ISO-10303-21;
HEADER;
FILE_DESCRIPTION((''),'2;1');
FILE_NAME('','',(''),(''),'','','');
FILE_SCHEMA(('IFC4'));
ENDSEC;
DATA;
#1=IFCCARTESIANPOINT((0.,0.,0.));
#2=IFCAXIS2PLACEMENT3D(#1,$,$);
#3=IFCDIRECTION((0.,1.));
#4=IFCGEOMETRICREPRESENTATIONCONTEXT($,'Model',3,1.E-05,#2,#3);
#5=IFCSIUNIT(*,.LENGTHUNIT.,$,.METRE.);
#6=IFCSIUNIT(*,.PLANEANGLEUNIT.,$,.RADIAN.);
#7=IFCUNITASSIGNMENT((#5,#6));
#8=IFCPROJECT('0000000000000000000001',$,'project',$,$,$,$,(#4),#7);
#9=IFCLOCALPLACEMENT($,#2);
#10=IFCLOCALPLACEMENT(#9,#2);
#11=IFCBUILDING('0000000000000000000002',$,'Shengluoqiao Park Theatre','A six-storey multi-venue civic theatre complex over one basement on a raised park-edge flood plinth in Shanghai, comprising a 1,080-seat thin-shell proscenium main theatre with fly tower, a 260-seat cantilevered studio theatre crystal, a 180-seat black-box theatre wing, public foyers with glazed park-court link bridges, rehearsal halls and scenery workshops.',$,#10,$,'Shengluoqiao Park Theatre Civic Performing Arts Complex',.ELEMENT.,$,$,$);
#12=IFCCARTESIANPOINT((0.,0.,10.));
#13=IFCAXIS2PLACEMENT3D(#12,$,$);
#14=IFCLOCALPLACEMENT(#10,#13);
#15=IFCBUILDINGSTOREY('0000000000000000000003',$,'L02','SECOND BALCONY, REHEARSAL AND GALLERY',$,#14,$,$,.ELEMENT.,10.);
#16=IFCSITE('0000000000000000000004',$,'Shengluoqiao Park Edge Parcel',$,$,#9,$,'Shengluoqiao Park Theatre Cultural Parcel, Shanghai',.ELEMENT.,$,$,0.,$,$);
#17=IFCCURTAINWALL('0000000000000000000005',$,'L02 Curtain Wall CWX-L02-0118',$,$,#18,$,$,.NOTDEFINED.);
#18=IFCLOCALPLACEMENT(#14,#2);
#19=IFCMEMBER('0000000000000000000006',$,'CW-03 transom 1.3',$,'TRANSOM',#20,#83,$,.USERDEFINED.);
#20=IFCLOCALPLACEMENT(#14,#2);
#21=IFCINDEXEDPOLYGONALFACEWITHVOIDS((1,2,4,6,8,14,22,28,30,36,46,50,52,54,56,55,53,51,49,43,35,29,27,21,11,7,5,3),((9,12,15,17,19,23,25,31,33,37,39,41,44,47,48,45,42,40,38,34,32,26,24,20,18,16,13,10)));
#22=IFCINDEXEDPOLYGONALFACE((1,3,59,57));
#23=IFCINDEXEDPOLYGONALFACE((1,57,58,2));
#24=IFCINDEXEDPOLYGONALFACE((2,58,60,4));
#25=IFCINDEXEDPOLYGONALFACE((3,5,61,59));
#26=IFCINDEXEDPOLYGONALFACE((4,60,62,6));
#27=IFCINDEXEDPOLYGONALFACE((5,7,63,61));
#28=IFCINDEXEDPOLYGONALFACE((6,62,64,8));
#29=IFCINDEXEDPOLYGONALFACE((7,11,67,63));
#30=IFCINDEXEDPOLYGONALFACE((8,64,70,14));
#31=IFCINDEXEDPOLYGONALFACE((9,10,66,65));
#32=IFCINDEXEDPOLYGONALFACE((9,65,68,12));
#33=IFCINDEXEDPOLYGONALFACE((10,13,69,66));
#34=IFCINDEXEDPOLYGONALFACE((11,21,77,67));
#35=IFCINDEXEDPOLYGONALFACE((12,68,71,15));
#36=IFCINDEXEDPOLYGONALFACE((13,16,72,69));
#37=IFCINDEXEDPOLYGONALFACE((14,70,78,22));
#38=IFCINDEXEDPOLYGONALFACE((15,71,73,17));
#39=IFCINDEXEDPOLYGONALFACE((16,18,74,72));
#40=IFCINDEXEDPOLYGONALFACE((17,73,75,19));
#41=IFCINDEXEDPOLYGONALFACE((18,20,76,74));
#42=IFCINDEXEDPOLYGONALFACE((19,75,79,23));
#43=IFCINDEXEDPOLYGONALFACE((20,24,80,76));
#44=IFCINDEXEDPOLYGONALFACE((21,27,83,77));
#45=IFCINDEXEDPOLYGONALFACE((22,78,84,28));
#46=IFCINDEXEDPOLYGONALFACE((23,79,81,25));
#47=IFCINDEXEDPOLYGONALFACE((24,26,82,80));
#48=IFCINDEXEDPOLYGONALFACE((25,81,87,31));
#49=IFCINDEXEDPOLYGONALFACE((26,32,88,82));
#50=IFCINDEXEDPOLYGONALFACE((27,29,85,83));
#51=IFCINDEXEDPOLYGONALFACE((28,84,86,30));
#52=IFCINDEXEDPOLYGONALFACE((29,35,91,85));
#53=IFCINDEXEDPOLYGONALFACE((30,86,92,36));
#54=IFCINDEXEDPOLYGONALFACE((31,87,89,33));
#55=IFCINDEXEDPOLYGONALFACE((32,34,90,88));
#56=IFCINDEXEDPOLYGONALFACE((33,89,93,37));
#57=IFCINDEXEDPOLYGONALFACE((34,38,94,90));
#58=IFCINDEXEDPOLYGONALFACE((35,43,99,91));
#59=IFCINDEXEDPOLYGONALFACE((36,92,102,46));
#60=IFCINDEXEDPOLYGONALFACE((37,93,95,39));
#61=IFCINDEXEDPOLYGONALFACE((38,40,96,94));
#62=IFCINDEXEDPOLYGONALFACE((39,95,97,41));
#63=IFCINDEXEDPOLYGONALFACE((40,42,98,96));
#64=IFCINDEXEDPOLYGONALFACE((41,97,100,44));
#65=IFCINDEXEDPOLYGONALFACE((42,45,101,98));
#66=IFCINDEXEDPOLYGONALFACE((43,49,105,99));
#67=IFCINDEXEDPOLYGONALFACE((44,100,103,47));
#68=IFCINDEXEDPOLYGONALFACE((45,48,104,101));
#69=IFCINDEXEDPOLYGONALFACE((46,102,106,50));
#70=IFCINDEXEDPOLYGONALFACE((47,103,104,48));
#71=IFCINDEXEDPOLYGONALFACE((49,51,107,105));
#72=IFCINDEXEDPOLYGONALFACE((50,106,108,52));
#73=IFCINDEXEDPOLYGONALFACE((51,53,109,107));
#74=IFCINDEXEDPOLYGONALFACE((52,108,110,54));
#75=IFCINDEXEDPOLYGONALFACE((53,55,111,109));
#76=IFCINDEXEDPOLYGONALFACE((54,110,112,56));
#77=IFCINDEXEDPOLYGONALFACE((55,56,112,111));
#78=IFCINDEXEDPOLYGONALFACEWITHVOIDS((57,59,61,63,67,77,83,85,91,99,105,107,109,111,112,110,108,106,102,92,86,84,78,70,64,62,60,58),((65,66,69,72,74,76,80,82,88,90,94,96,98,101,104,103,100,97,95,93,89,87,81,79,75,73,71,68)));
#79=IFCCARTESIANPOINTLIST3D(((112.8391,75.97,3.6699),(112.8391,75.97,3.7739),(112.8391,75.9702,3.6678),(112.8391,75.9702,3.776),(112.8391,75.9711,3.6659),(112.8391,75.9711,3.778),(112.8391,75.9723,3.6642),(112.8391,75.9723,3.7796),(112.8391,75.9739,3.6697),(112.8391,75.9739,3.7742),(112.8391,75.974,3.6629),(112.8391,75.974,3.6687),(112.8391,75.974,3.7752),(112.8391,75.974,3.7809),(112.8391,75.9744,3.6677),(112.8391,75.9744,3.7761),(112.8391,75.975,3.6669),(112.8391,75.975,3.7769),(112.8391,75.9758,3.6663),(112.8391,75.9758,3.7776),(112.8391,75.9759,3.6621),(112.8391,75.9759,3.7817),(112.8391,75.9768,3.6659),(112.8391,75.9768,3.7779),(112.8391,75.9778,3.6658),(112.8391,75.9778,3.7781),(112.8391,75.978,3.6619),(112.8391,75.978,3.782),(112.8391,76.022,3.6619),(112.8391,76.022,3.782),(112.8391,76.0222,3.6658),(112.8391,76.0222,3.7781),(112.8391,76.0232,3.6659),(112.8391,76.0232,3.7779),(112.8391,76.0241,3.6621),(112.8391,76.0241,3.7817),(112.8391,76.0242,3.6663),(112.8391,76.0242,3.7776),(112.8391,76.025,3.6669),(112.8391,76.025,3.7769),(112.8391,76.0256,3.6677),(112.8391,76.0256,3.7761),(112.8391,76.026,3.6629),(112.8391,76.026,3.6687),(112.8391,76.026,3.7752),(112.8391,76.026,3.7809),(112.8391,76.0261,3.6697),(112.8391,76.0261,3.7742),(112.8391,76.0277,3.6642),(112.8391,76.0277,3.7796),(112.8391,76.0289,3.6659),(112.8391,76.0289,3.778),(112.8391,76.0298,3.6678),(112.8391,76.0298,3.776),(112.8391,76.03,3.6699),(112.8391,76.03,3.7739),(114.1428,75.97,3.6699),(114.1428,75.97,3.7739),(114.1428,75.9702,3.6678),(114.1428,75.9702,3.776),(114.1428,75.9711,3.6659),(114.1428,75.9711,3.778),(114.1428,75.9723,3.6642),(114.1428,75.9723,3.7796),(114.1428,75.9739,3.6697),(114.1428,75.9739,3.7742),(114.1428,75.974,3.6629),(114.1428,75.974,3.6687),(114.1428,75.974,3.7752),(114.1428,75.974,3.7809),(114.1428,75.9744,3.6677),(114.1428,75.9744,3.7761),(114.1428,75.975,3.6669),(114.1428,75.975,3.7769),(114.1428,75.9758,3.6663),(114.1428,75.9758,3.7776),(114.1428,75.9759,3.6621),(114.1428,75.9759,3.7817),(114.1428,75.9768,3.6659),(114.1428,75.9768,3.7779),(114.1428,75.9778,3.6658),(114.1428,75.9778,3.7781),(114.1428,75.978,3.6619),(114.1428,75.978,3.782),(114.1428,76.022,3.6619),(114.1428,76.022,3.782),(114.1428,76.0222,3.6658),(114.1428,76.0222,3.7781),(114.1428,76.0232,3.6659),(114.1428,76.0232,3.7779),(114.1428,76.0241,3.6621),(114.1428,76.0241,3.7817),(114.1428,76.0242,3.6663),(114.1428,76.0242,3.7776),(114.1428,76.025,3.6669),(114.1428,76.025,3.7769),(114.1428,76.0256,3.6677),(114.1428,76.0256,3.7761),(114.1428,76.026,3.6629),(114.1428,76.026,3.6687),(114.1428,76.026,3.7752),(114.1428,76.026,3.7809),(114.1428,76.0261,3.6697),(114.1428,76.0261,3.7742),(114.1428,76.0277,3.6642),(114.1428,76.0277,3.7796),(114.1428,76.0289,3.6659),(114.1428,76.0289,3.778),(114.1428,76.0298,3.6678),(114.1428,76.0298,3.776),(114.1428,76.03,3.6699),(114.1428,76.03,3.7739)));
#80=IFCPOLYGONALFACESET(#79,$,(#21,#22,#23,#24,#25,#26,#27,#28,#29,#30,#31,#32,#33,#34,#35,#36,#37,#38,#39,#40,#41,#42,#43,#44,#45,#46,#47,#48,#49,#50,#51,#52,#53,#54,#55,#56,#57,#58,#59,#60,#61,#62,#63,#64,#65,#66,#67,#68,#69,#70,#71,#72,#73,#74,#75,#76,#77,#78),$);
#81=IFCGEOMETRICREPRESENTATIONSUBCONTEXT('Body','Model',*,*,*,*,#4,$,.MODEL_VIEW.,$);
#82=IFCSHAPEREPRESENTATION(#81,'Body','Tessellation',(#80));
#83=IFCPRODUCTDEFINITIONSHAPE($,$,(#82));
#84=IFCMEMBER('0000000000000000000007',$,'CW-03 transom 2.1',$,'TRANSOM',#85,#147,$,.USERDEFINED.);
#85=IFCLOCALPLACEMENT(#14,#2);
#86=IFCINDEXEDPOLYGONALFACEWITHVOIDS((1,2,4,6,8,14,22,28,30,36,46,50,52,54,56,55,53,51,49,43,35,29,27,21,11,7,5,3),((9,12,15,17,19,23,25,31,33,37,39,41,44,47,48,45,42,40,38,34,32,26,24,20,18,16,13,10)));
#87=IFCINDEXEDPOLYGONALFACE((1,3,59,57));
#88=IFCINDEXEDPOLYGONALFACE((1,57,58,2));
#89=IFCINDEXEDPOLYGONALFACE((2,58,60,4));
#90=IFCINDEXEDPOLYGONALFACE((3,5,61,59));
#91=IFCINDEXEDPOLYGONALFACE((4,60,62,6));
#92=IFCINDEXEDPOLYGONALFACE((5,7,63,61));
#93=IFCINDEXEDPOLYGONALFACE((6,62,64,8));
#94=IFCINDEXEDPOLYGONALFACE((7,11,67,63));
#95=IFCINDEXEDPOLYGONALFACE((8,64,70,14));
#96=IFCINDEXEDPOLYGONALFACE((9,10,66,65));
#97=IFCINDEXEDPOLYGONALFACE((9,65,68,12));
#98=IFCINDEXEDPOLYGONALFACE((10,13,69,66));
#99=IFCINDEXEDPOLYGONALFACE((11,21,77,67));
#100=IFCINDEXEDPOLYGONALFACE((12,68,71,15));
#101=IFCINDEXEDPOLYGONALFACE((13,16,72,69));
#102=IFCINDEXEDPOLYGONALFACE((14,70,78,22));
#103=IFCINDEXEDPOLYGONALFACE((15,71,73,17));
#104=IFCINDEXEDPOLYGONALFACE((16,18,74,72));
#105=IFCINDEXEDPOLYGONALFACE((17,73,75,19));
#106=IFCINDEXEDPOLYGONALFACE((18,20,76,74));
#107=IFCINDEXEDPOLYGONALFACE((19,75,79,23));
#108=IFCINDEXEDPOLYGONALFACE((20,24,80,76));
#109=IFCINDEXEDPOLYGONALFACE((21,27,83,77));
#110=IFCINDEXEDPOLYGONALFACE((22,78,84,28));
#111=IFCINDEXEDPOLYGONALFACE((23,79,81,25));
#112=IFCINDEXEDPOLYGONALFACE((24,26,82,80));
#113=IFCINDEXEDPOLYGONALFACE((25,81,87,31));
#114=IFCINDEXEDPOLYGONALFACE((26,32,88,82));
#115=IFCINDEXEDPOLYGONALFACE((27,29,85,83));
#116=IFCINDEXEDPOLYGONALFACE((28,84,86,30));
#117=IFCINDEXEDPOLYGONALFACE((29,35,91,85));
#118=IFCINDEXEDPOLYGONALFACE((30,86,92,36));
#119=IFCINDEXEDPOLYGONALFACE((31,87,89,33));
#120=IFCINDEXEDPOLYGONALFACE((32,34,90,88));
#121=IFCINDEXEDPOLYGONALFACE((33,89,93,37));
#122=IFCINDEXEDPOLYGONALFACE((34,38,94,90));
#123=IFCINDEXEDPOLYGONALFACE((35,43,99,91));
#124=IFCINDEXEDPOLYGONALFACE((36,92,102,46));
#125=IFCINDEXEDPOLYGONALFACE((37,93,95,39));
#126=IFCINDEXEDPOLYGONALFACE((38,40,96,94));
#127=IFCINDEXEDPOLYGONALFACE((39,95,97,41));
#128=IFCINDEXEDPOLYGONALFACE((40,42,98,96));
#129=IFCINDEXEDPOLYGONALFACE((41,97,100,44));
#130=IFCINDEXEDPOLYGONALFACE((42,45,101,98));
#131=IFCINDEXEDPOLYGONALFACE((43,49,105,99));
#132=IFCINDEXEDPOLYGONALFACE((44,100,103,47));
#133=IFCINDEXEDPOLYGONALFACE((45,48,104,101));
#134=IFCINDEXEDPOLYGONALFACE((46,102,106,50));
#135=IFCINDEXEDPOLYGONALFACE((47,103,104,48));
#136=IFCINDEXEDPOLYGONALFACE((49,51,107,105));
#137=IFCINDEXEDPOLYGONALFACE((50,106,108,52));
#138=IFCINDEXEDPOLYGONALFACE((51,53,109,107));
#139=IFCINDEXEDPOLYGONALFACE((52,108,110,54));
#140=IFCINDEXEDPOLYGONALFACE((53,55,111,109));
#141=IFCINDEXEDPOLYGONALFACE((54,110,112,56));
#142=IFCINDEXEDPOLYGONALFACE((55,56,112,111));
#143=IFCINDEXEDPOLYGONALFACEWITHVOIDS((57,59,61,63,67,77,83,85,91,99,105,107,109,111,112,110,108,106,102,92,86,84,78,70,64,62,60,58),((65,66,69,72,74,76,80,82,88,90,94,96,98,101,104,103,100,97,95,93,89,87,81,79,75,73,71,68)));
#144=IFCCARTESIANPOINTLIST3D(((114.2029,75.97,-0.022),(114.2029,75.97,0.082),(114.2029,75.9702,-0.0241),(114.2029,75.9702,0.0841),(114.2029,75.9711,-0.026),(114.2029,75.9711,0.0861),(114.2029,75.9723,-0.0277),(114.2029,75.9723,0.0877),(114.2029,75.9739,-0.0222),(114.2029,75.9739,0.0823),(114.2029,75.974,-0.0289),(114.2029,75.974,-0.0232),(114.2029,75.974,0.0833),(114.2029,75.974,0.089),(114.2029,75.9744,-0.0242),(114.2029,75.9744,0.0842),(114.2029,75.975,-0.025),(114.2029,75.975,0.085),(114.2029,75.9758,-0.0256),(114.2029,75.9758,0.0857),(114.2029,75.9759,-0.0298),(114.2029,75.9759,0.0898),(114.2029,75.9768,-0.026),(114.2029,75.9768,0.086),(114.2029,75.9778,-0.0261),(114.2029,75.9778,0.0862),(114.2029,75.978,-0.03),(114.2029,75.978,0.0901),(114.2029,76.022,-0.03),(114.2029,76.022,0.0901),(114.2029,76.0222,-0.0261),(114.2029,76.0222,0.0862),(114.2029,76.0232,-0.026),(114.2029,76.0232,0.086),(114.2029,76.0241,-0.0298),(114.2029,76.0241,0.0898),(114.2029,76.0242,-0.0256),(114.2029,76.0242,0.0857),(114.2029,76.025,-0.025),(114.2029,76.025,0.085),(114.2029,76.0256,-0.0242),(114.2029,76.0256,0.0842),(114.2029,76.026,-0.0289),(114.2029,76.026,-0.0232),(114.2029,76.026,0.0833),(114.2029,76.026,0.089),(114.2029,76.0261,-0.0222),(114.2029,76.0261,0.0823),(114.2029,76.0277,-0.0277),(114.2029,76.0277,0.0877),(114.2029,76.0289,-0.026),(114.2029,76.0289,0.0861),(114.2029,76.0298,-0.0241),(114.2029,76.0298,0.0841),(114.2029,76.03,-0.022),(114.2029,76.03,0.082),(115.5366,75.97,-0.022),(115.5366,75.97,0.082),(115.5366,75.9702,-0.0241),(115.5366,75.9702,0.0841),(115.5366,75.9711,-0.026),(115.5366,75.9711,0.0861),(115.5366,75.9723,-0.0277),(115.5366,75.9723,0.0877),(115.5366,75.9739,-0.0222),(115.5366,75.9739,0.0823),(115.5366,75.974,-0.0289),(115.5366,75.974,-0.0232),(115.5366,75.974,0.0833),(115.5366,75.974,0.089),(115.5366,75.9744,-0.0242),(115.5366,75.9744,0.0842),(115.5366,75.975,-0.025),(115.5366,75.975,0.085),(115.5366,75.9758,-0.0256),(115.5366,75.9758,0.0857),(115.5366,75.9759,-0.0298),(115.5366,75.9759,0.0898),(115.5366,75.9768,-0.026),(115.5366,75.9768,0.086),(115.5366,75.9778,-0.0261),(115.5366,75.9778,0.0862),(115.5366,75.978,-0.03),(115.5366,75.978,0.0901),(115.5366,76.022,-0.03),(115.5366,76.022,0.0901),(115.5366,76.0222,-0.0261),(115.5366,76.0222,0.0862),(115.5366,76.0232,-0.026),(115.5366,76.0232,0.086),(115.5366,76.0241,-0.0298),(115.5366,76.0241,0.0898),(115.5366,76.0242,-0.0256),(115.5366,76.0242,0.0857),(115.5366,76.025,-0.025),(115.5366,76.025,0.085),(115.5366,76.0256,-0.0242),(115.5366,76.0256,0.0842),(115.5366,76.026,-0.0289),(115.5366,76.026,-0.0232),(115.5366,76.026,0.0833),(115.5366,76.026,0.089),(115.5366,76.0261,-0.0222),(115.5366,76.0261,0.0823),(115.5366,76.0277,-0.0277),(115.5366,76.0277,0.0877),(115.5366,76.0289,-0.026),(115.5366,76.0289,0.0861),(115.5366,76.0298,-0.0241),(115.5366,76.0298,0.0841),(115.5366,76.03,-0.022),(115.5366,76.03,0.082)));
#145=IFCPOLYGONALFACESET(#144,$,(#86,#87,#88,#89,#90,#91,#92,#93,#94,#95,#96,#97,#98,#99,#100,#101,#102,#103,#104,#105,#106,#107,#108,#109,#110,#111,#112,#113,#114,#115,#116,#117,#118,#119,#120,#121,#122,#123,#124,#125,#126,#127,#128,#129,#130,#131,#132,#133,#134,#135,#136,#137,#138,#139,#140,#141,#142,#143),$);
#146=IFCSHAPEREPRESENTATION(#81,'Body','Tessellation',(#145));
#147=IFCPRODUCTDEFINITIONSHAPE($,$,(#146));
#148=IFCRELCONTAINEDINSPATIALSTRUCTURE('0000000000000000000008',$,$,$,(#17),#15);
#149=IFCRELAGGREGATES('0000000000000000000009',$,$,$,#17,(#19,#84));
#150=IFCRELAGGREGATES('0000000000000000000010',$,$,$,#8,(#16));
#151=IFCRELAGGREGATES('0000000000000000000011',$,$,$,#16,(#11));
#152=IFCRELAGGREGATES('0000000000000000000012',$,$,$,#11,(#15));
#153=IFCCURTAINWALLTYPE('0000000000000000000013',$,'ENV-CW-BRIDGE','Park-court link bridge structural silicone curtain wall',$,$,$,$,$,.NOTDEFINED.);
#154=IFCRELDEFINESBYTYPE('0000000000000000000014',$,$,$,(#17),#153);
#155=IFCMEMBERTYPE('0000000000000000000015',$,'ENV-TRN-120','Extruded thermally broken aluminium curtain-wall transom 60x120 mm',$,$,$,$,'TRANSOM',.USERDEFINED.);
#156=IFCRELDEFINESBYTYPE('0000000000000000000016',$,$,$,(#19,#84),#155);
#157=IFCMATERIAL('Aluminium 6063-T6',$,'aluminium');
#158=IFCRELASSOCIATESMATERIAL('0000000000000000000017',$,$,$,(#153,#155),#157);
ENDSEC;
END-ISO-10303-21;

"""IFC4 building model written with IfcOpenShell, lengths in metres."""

from ifc_helpers import new_model, si_unit, direction, frame, origin, origin_2d, place, context, subcontext, project, spatial, hollow_rectangle, extrude, material, material_profile, profile_set, type_object, element, aggregate, save


model = new_model("IFC4")

# Units and contexts
model_context = context("Model", 3, precision=1e-05, world=origin(), true_north=direction((0.0, 1.0)))
body_context = subcontext(model_context, "Body", "Model", "MODEL_VIEW")
ifc_project = project(units=[si_unit("LENGTHUNIT", "METRE"), si_unit("PLANEANGLEUNIT", "RADIAN")], contexts=[model_context])

# Site, building, storey
site_placement = place(None, origin())
site = spatial("IfcSite", under=ifc_project, at=site_placement, Name="Shengluoqiao Park Edge Parcel", LongName="Shengluoqiao Park Theatre Cultural Parcel, Shanghai", CompositionType="ELEMENT", RefElevation=0.0)
building_placement = place(site_placement, origin())
building = spatial("IfcBuilding", under=site, at=building_placement, Name="Shengluoqiao Park Theatre", Description="A six-storey multi-venue civic theatre complex over one basement on a raised park-edge flood plinth in Shanghai, comprising a 1,080-seat thin-shell proscenium main theatre with fly tower, a 260-seat cantilevered studio theatre crystal, a 180-seat black-box theatre wing, public foyers with glazed park-court link bridges, rehearsal halls and scenery workshops.", LongName="Shengluoqiao Park Theatre Civic Performing Arts Complex", CompositionType="ELEMENT")
storey_placement = place(building_placement, frame((0.0, 0.0, 10.0)))
storey = spatial("IfcBuildingStorey", under=building, at=storey_placement, Name="L02", Description="SECOND BALCONY, REHEARSAL AND GALLERY", CompositionType="ELEMENT", Elevation=10.0)

# Curtain wall
ifc_material_1 = material(Name="Aluminium 6063-T6", Category="aluminium")
curtain_wall_type = type_object("IfcCurtainWallType", Name="ENV-CW-BRIDGE", Description="Park-court link bridge structural silicone curtain wall", PredefinedType="NOTDEFINED", material=ifc_material_1)
curtain_wall_1_placement = place(storey_placement, origin())
curtain_wall_1 = element("IfcCurtainWall", 1, at=curtain_wall_1_placement, inside=storey, type_object=curtain_wall_type, Name="L02 Curtain Wall CWX-L02-0118", PredefinedType="NOTDEFINED")

# Members
ifc_material_profile_1 = material_profile(ifc_material_1, hollow_rectangle(XDim=0.0601, YDim=0.1201, WallThickness=0.0039, InnerFilletRadius=0.0039, OuterFilletRadius=0.0081, at=origin_2d()), Name="ALU TRANSOM 120x60x4")
ifc_profile_set_1 = profile_set([ifc_material_profile_1], Name="Aluminium 6063-T6")
member_type_1 = type_object("IfcMemberType", Name="ENV-TRN-120", Description="Extruded thermally broken aluminium curtain-wall transom 60x120 mm", ElementType="TRANSOM", PredefinedType="USERDEFINED", material=ifc_profile_set_1)
member_1_placement = place(storey_placement, frame((112.8391, 76.0, 3.7219), z_axis=(1.0, 0.0, 0.0), x_axis=(0.0, 1.0, 0.0)))
member_1 = element("IfcMember", 2, at=member_1_placement, type_object=member_type_1, Name="CW-03 transom 1.3", ObjectType="TRANSOM", PredefinedType="USERDEFINED", context=body_context, shape_type="SweptSolid", body=[
    extrude(hollow_rectangle(XDim=0.0601, YDim=0.1201, WallThickness=0.0039, InnerFilletRadius=0.0039, OuterFilletRadius=0.0081, at=origin_2d()), origin(), (0.0, 0.0, 1.0), 1.3037),
])
member_2_placement = place(storey_placement, frame((114.2029, 76.0, 0.03), z_axis=(1.0, 0.0, 0.0), x_axis=(0.0, 1.0, 0.0)))
member_2 = element("IfcMember", 3, at=member_2_placement, type_object=member_type_1, Name="CW-03 transom 2.1", ObjectType="TRANSOM", PredefinedType="USERDEFINED", context=body_context, shape_type="SweptSolid", body=[
    extrude(hollow_rectangle(XDim=0.0601, YDim=0.1201, WallThickness=0.0039, InnerFilletRadius=0.0039, OuterFilletRadius=0.0081, at=origin_2d()), origin(), (0.0, 0.0, 1.0), 1.3337),
])

aggregate(curtain_wall_1, [member_1, member_2])

save(model, "model.ifc")
